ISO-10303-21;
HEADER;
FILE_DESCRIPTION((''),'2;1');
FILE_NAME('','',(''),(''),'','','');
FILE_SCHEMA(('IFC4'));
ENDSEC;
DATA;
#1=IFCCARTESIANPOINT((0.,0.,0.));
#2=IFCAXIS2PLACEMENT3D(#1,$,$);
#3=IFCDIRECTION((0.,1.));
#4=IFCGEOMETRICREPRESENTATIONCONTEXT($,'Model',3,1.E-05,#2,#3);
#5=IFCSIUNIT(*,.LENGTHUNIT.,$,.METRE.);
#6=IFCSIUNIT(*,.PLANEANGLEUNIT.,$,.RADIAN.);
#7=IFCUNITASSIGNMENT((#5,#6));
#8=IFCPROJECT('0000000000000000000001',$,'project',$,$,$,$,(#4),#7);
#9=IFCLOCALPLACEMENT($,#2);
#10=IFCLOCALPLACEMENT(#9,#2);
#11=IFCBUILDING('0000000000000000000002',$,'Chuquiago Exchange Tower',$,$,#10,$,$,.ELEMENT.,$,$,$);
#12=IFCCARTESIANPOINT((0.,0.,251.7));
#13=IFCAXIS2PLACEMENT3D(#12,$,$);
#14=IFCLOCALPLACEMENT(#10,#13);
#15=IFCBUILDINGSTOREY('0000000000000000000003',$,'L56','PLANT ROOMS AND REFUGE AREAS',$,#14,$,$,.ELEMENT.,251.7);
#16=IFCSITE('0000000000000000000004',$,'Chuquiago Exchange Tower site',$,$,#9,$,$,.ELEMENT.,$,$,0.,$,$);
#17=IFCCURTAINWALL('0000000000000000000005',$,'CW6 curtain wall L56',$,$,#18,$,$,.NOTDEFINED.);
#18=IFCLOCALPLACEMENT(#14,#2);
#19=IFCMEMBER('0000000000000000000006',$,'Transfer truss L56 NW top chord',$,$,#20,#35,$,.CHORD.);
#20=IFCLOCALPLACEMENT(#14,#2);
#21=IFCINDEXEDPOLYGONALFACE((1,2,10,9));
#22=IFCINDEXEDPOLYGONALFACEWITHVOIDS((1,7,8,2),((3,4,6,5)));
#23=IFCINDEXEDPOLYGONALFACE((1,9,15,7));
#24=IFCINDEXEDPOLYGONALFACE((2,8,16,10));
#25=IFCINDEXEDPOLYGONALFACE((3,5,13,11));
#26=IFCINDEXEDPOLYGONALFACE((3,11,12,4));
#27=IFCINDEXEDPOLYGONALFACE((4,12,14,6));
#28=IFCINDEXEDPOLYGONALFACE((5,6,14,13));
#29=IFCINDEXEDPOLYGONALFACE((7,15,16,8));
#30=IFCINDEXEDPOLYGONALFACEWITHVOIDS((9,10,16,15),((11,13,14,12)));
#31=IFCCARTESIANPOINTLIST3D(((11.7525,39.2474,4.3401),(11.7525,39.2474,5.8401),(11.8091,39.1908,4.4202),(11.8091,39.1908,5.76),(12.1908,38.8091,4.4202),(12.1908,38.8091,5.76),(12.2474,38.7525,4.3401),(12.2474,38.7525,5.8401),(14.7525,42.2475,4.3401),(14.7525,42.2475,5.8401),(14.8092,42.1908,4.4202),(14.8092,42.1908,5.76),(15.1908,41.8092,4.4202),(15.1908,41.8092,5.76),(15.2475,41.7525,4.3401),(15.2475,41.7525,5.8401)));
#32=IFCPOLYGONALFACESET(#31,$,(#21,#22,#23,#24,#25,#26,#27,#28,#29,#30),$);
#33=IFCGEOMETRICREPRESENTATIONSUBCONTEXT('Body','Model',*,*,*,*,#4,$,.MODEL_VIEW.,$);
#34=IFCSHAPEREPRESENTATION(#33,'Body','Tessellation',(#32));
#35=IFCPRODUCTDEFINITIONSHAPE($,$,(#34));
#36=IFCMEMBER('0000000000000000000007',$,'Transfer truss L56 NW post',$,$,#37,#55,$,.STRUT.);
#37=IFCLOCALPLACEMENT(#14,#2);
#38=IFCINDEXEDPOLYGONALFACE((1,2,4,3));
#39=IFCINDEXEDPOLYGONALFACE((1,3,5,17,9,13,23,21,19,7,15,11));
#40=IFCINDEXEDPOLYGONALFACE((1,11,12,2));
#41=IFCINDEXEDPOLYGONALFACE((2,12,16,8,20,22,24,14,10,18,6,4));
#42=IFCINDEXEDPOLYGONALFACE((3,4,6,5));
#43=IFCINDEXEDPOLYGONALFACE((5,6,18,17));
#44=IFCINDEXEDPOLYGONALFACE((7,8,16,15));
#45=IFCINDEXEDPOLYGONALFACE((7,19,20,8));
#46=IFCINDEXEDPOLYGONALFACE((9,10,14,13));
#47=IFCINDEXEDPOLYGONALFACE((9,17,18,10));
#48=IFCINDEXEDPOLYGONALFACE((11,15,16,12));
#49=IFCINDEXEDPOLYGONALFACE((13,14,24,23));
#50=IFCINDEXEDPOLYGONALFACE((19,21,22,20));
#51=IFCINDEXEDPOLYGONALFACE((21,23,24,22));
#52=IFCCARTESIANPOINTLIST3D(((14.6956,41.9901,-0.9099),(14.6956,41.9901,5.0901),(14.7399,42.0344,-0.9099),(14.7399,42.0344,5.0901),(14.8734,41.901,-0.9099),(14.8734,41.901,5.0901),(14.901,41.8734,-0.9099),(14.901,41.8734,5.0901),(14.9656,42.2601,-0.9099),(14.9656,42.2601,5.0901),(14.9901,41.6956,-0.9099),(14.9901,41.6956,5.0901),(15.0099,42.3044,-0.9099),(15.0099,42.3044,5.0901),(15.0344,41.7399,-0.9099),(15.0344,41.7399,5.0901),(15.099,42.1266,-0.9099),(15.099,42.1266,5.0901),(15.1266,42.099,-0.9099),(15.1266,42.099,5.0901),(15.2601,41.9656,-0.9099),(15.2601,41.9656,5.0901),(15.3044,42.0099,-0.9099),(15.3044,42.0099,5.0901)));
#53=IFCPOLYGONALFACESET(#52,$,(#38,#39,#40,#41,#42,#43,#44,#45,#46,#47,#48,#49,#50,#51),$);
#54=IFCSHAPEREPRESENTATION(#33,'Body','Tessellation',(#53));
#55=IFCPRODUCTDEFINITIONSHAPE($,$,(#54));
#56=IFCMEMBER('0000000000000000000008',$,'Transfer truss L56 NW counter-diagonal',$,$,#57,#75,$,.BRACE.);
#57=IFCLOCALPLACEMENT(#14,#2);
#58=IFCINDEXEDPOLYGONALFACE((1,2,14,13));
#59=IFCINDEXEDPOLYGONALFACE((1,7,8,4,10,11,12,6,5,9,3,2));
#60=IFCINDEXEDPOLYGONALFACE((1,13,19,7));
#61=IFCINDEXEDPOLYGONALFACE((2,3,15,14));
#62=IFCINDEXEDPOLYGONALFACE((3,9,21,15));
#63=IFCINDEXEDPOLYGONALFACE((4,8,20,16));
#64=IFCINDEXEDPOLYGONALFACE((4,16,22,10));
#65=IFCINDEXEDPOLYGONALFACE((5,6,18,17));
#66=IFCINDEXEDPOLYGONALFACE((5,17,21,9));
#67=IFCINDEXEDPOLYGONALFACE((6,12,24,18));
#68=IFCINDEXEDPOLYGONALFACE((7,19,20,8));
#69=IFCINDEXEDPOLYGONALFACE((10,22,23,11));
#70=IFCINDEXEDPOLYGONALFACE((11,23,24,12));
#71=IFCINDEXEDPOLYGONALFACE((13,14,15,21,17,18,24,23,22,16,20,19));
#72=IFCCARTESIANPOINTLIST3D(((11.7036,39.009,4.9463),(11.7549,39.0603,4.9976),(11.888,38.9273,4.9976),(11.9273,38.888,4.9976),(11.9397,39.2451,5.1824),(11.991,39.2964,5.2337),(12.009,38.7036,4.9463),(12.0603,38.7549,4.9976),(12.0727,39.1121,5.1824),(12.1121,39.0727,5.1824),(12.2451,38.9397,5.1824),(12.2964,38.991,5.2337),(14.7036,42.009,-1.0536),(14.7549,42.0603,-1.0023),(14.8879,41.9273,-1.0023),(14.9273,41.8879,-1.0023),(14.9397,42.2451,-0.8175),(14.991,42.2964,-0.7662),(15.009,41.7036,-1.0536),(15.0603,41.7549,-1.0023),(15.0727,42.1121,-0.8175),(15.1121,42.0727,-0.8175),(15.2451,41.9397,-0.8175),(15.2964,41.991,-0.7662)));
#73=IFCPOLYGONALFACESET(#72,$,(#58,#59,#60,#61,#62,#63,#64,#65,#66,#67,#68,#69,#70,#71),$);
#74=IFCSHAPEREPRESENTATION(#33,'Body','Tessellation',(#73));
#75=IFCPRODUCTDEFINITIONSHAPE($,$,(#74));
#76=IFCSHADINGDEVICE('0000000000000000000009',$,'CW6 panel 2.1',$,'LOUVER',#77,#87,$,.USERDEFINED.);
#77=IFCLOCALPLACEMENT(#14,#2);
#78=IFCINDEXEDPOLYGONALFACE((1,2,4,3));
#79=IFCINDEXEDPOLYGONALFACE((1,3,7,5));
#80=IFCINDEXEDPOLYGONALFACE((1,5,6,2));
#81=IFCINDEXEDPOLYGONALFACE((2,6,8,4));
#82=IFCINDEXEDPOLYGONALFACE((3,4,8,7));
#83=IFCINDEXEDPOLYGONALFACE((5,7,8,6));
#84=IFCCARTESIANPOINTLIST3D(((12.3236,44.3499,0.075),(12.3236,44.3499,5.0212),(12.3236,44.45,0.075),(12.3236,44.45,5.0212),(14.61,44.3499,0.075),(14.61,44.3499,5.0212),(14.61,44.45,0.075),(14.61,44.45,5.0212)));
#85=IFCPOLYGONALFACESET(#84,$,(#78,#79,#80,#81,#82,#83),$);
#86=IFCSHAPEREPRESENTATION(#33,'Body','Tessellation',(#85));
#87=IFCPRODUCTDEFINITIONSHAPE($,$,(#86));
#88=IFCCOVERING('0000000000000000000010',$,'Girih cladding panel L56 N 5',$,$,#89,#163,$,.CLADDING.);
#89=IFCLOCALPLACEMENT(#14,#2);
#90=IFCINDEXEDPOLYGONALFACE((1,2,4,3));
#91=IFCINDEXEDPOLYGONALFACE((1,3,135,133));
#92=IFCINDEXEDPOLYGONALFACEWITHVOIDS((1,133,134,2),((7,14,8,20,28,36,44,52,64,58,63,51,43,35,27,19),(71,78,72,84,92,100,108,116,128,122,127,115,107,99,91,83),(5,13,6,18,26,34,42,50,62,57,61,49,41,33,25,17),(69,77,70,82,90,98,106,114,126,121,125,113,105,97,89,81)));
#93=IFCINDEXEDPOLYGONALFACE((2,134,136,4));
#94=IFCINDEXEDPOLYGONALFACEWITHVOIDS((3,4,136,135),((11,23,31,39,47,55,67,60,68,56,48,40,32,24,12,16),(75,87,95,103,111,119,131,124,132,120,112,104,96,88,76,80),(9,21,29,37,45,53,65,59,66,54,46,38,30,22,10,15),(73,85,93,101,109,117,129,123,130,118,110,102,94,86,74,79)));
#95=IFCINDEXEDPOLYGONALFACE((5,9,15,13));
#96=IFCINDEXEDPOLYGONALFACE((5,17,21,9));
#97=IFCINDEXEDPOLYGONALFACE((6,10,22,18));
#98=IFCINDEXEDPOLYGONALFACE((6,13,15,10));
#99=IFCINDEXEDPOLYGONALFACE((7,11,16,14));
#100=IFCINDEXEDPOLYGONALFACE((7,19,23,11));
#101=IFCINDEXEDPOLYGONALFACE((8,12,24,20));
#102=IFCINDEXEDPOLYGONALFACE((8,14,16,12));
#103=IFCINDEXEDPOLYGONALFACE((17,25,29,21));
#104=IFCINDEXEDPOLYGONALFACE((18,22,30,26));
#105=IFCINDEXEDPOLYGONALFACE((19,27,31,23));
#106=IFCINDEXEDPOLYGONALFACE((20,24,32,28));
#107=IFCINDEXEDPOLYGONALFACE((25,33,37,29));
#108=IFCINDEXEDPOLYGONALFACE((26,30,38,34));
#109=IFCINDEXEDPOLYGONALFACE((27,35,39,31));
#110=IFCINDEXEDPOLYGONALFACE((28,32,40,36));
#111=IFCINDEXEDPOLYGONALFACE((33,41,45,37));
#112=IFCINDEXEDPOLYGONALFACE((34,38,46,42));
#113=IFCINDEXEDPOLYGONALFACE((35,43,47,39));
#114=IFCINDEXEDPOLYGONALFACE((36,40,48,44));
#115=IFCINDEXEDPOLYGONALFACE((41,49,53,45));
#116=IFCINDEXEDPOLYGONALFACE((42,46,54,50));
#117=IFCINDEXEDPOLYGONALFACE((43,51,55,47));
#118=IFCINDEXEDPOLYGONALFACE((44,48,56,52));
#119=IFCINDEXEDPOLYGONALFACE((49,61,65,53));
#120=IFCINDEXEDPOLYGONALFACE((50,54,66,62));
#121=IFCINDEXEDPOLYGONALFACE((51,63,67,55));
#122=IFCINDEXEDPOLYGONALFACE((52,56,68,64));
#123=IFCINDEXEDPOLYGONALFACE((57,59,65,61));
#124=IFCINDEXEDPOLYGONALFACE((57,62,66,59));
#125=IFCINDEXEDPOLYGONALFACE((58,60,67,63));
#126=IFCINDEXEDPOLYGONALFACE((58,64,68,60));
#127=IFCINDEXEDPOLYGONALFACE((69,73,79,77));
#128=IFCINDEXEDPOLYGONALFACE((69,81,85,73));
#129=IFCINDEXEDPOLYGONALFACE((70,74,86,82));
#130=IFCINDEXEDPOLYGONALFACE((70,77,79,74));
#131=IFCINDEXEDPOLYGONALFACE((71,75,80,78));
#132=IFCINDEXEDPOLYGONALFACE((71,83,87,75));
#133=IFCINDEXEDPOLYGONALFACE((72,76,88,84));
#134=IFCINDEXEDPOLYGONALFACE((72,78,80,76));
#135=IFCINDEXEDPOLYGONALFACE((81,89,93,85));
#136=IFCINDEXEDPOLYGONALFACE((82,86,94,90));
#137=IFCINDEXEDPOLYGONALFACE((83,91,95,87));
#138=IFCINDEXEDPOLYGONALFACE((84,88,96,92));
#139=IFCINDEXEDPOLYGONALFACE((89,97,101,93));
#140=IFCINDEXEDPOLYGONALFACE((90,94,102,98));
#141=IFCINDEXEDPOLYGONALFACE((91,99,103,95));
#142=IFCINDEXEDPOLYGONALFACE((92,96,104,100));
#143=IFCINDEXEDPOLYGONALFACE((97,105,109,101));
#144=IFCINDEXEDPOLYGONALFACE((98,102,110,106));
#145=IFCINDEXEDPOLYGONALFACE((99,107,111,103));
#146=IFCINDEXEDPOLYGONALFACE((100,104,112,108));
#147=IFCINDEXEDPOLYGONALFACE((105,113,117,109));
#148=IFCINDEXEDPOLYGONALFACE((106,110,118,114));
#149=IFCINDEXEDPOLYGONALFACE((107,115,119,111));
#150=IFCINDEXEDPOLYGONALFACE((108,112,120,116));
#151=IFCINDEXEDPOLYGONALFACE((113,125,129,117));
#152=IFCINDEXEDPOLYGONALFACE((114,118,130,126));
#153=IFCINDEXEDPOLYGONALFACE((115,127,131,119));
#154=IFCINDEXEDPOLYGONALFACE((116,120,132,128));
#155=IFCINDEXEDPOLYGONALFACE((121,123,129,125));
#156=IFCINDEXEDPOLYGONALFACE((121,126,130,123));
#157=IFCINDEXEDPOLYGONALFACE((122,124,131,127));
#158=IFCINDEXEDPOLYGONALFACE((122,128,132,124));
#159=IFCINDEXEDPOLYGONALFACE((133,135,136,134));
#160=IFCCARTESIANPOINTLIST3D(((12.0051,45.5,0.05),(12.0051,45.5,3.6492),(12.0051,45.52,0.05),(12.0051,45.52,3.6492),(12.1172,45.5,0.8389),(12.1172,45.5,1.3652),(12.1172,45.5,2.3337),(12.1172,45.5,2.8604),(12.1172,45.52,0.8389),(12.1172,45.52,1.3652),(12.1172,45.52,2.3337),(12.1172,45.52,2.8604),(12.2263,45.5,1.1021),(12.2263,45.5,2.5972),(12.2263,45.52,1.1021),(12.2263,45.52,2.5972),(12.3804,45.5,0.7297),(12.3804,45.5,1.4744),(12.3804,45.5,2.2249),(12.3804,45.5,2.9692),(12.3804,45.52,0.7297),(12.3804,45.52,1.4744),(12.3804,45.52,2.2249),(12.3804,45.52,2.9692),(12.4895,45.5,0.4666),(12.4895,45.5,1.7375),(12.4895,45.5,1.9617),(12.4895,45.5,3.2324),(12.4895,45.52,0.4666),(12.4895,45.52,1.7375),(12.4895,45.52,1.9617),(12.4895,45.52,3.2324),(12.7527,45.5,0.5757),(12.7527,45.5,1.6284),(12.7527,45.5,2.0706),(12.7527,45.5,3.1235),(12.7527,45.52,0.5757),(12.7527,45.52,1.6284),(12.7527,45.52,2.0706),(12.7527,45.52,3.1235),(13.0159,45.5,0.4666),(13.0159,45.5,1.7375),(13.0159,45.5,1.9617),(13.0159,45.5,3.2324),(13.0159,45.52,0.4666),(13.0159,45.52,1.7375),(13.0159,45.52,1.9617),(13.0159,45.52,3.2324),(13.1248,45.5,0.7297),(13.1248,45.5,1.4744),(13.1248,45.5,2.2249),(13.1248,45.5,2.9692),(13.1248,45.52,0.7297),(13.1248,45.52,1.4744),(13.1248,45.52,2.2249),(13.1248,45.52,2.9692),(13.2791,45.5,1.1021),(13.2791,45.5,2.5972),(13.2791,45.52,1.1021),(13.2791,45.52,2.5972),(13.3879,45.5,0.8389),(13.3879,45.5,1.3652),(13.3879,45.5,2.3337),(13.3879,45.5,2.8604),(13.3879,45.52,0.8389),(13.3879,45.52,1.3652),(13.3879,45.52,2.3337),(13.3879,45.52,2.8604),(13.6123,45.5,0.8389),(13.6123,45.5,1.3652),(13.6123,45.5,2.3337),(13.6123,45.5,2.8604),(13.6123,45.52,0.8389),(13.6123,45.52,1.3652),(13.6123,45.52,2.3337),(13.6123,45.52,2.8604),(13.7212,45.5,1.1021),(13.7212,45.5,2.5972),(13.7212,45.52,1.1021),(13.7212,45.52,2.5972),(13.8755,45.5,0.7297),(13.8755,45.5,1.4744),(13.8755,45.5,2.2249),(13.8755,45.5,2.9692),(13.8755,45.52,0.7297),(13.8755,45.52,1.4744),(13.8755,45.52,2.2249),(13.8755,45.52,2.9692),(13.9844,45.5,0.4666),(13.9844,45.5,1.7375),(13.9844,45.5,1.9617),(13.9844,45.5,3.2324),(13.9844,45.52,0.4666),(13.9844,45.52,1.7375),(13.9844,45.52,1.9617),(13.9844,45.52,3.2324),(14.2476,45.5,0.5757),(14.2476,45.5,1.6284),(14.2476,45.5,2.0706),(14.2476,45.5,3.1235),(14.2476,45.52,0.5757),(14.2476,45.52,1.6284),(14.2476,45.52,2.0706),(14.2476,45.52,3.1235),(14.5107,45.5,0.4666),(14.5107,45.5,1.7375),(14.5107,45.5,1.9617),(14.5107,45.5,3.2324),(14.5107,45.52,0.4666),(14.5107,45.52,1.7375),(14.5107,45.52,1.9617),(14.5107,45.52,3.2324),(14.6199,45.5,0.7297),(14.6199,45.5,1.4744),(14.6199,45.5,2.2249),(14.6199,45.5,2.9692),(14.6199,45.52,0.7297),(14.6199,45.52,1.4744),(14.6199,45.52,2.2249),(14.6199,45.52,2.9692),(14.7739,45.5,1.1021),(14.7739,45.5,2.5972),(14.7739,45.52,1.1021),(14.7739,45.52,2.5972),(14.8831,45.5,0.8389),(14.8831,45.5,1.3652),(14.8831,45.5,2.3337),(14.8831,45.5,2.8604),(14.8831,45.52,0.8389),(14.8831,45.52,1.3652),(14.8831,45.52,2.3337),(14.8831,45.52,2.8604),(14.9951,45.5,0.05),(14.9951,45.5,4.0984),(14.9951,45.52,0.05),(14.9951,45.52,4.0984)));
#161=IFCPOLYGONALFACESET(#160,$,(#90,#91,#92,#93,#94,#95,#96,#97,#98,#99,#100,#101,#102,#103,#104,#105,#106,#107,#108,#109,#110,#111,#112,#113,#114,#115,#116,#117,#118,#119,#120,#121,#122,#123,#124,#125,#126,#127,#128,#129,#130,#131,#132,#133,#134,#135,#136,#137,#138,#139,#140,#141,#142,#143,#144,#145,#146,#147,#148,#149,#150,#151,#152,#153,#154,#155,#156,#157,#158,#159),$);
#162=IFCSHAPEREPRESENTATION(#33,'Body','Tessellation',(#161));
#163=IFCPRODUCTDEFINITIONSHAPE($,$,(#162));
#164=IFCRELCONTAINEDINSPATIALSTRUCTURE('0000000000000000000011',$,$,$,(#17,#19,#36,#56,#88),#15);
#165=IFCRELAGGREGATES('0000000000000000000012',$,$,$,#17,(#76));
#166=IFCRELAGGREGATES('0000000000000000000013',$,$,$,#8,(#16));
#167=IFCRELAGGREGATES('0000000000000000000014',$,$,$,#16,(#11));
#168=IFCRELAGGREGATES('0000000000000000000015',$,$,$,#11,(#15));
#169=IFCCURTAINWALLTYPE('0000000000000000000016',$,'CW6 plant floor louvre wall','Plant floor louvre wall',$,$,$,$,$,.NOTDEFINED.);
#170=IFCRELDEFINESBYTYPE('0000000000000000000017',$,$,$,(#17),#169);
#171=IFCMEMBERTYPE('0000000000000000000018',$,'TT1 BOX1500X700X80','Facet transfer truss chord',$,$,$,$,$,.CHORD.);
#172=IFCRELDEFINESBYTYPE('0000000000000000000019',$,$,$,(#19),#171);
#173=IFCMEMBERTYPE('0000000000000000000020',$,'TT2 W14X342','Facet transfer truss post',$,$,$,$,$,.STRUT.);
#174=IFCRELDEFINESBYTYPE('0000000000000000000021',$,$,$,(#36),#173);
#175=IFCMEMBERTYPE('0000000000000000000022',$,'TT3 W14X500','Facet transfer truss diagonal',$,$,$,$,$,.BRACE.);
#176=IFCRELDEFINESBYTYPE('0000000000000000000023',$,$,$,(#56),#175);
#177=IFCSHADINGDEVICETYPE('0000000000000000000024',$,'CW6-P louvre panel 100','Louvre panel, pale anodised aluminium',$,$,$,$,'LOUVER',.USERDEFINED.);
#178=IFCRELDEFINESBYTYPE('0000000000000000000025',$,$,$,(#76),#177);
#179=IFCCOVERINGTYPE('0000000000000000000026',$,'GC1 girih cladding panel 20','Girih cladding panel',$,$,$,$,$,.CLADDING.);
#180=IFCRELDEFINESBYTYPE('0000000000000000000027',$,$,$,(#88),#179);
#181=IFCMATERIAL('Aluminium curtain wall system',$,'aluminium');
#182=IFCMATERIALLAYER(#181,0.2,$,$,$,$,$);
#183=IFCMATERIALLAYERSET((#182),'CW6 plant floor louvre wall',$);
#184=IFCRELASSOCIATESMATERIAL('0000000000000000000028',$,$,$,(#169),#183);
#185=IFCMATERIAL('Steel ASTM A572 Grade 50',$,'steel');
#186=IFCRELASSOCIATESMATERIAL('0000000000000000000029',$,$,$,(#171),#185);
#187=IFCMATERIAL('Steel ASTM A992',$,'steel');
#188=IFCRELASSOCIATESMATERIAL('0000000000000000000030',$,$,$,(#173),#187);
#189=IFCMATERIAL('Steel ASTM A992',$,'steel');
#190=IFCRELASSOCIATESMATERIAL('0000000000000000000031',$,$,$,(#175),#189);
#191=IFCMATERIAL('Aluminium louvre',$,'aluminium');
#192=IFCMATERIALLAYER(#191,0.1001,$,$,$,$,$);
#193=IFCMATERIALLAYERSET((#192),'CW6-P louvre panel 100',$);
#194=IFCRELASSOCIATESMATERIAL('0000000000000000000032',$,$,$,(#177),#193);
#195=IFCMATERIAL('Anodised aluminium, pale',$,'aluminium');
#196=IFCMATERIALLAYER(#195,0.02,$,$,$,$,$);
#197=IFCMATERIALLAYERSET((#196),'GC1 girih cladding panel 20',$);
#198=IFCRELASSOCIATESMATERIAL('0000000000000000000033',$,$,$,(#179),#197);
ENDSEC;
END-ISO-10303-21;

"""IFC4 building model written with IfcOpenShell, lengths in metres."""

from ifc_helpers import new_model, si_unit, direction, frame, origin, origin_2d, place, context, subcontext, project, spatial, polyline, rectangle, hollow_rectangle, i_section, outline, extrude, material, layer, layer_set, material_profile, profile_set, type_object, element, aggregate, save


model = new_model("IFC4")

# Units and contexts
model_context = context("Model", 3, precision=1e-05, world=origin(), true_north=direction((0.0, 1.0)))
body_context = subcontext(model_context, "Body", "Model", "MODEL_VIEW")
ifc_project = project(units=[si_unit("LENGTHUNIT", "METRE"), si_unit("PLANEANGLEUNIT", "RADIAN")], contexts=[model_context])

# Site, building, storey
site_placement = place(None, origin())
site = spatial("IfcSite", under=ifc_project, at=site_placement, Name="Chuquiago Exchange Tower site", CompositionType="ELEMENT", RefElevation=0.0)
building_placement = place(site_placement, origin())
building = spatial("IfcBuilding", under=site, at=building_placement, Name="Chuquiago Exchange Tower", CompositionType="ELEMENT")
storey_placement = place(building_placement, frame((0.0, 0.0, 251.7)))
storey = spatial("IfcBuildingStorey", under=building, at=storey_placement, Name="L56", Description="PLANT ROOMS AND REFUGE AREAS", CompositionType="ELEMENT", Elevation=251.7)

# Curtain wall
ifc_material_1 = material(Name="Aluminium curtain wall system", Category="aluminium")
ifc_layer_1 = layer(ifc_material_1, 0.2)
ifc_layer_set_1 = layer_set([ifc_layer_1], Name="CW6 plant floor louvre wall")
curtain_wall_type = type_object("IfcCurtainWallType", Name="CW6 plant floor louvre wall", Description="Plant floor louvre wall", PredefinedType="NOTDEFINED", material=ifc_layer_set_1)
curtain_wall_1_placement = place(storey_placement, origin())
curtain_wall_1 = element("IfcCurtainWall", 1, at=curtain_wall_1_placement, inside=storey, type_object=curtain_wall_type, Name="CW6 curtain wall L56", PredefinedType="NOTDEFINED")

# Members
ifc_material_2 = material(Name="Steel ASTM A572 Grade 50", Category="steel")
ifc_material_profile_1 = material_profile(ifc_material_2, hollow_rectangle(XDim=0.7, YDim=1.5, WallThickness=0.0801, at=origin_2d()), Name="BOX1500X700X80")
ifc_profile_set_1 = profile_set([ifc_material_profile_1], Name="Steel ASTM A572 Grade 50")
member_type_1 = type_object("IfcMemberType", Name="TT1 BOX1500X700X80", Description="Facet transfer truss chord", PredefinedType="CHORD", material=ifc_profile_set_1)
member_1_placement = place(storey_placement, frame((15.0, 42.0, 5.0901), z_axis=(-0.707107, -0.707107, 0.0), x_axis=(0.707107, -0.707107, 0.0)))
element("IfcMember", 2, at=member_1_placement, inside=storey, type_object=member_type_1, Name="Transfer truss L56 NW top chord", PredefinedType="CHORD", context=body_context, shape_type="SweptSolid", body=[
    extrude(hollow_rectangle(XDim=0.7, YDim=1.5, WallThickness=0.0801, at=origin_2d()), origin(), (0.0, 0.0, 1.0), 4.2427),
])
ifc_material_3 = material(Name="Steel ASTM A992", Category="steel")
ifc_material_profile_2 = material_profile(ifc_material_3, i_section(OverallWidth=0.4165, OverallDepth=0.4446, WebThickness=0.0391, FlangeThickness=0.0627, at=origin_2d()), Name="W14X342")
ifc_profile_set_2 = profile_set([ifc_material_profile_2], Name="Steel ASTM A992")
member_type_2 = type_object("IfcMemberType", Name="TT2 W14X342", Description="Facet transfer truss post", PredefinedType="STRUT", material=ifc_profile_set_2)
member_2_placement = place(storey_placement, frame((15.0, 42.0, -0.9099), z_axis=(0.0, 0.0, 1.0), x_axis=(-0.707107, 0.707107, 0.0)))
element("IfcMember", 3, at=member_2_placement, inside=storey, type_object=member_type_2, Name="Transfer truss L56 NW post", PredefinedType="STRUT", context=body_context, shape_type="SweptSolid", body=[
    extrude(i_section(OverallWidth=0.4165, OverallDepth=0.4446, WebThickness=0.0391, FlangeThickness=0.0627, at=origin_2d()), origin(), (0.0, 0.0, 1.0), 6.0),
])
ifc_material_4 = material(Name="Steel ASTM A992", Category="steel")
ifc_material_profile_3 = material_profile(ifc_material_4, i_section(OverallWidth=0.4319, OverallDepth=0.4978, WebThickness=0.0557, FlangeThickness=0.0889, at=origin_2d()), Name="W14X500")
ifc_profile_set_3 = profile_set([ifc_material_profile_3], Name="Steel ASTM A992")
member_type_3 = type_object("IfcMemberType", Name="TT3 W14X500", Description="Facet transfer truss diagonal", PredefinedType="BRACE", material=ifc_profile_set_3)
member_3_placement = place(storey_placement, frame((15.0, 42.0, -0.9099), z_axis=(-0.408248, -0.408248, 0.816497), x_axis=(0.707107, -0.707107, 0.0)))
element("IfcMember", 4, at=member_3_placement, inside=storey, type_object=member_type_3, Name="Transfer truss L56 NW counter-diagonal", PredefinedType="BRACE", context=body_context, shape_type="SweptSolid", body=[
    extrude(i_section(OverallWidth=0.4319, OverallDepth=0.4978, WebThickness=0.0557, FlangeThickness=0.0889, at=origin_2d()), origin(), (0.0, 0.0, 1.0), 7.3484),
])

# Shading device
ifc_material_5 = material(Name="Aluminium louvre", Category="aluminium")
ifc_layer_2 = layer(ifc_material_5, 0.1001)
ifc_layer_set_2 = layer_set([ifc_layer_2], Name="CW6-P louvre panel 100")
shading_device_type = type_object("IfcShadingDeviceType", Name="CW6-P louvre panel 100", Description="Louvre panel, pale anodised aluminium", ElementType="LOUVER", PredefinedType="USERDEFINED", material=ifc_layer_set_2)
shading_device_placement = place(storey_placement, frame((13.4668, 44.3999, 0.075), z_axis=(0.0, 0.0, 1.0), x_axis=(-1.0, 0.0, 0.0)))
shading_device = element("IfcShadingDevice", 5, at=shading_device_placement, type_object=shading_device_type, Name="CW6 panel 2.1", ObjectType="LOUVER", PredefinedType="USERDEFINED", context=body_context, shape_type="SweptSolid", body=[
    extrude(rectangle(XDim=2.2864, YDim=0.1001, at=origin_2d()), origin(), (0.0, 0.0, 1.0), 4.9463),
])
aggregate(curtain_wall_1, [shading_device])

# Covering
ifc_material_6 = material(Name="Anodised aluminium, pale", Category="aluminium")
ifc_layer_3 = layer(ifc_material_6, 0.02)
ifc_layer_set_3 = layer_set([ifc_layer_3], Name="GC1 girih cladding panel 20")
covering_type_1 = type_object("IfcCoveringType", Name="GC1 girih cladding panel 20", Description="Girih cladding panel", PredefinedType="CLADDING", material=ifc_layer_set_3)
covering_1_placement = place(storey_placement, frame((14.9951, 45.5, 0.05), z_axis=(0.0, 0.0, 1.0), x_axis=(-1.0, 0.0, 0.0)))
element("IfcCovering", 6, at=covering_1_placement, inside=storey, type_object=covering_type_1, Name="Girih cladding panel L56 N 5", PredefinedType="CLADDING", context=body_context, shape_type="SweptSolid", body=[
    extrude(outline(polyline([(0.0, 0.0), (2.99, 0.0), (2.99, 3.5991), (0.0, 4.0483), (0.0, 0.0)]), holes=[polyline([(1.2739, 1.052), (1.3828, 1.3152), (1.1196, 1.4243), (1.0107, 1.6875), (0.7476, 1.5784), (0.4844, 1.6875), (0.3752, 1.4243), (0.1121, 1.3152), (0.2212, 1.052), (0.1121, 0.7888), (0.3752, 0.6797), (0.4844, 0.4165), (0.7476, 0.5256), (1.0107, 0.4165), (1.1196, 0.6797), (1.3828, 0.7888), (1.2739, 1.052)]), polyline([(2.7688, 1.052), (2.8779, 1.3152), (2.6147, 1.4243), (2.5056, 1.6875), (2.2424, 1.5784), (1.9792, 1.6875), (1.8704, 1.4243), (1.6072, 1.3152), (1.7161, 1.052), (1.6072, 0.7888), (1.8704, 0.6797), (1.9792, 0.4165), (2.2424, 0.5256), (2.5056, 0.4165), (2.6147, 0.6797), (2.8779, 0.7888), (2.7688, 1.052)]), polyline([(1.2739, 2.5471), (1.3828, 2.8103), (1.1196, 2.9192), (1.0107, 3.1824), (0.7476, 3.0735), (0.4844, 3.1824), (0.3752, 2.9192), (0.1121, 2.8103), (0.2212, 2.5471), (0.1121, 2.2837), (0.3752, 2.1748), (0.4844, 1.9116), (0.7476, 2.0205), (1.0107, 1.9116), (1.1196, 2.1748), (1.3828, 2.2837), (1.2739, 2.5471)]), polyline([(2.7688, 2.5471), (2.8779, 2.8103), (2.6147, 2.9192), (2.5056, 3.1824), (2.2424, 3.0735), (1.9792, 3.1824), (1.8704, 2.9192), (1.6072, 2.8103), (1.7161, 2.5471), (1.6072, 2.2837), (1.8704, 2.1748), (1.9792, 1.9116), (2.2424, 2.0205), (2.5056, 1.9116), (2.6147, 2.1748), (2.8779, 2.2837), (2.7688, 2.5471)])]), frame((0.0, 0.0, 0.0), z_axis=(0.0, -1.0, 0.0), x_axis=(1.0, 0.0, 0.0)), (0.0, 0.0, 1.0), 0.02),
])

save(model, "model.ifc")
